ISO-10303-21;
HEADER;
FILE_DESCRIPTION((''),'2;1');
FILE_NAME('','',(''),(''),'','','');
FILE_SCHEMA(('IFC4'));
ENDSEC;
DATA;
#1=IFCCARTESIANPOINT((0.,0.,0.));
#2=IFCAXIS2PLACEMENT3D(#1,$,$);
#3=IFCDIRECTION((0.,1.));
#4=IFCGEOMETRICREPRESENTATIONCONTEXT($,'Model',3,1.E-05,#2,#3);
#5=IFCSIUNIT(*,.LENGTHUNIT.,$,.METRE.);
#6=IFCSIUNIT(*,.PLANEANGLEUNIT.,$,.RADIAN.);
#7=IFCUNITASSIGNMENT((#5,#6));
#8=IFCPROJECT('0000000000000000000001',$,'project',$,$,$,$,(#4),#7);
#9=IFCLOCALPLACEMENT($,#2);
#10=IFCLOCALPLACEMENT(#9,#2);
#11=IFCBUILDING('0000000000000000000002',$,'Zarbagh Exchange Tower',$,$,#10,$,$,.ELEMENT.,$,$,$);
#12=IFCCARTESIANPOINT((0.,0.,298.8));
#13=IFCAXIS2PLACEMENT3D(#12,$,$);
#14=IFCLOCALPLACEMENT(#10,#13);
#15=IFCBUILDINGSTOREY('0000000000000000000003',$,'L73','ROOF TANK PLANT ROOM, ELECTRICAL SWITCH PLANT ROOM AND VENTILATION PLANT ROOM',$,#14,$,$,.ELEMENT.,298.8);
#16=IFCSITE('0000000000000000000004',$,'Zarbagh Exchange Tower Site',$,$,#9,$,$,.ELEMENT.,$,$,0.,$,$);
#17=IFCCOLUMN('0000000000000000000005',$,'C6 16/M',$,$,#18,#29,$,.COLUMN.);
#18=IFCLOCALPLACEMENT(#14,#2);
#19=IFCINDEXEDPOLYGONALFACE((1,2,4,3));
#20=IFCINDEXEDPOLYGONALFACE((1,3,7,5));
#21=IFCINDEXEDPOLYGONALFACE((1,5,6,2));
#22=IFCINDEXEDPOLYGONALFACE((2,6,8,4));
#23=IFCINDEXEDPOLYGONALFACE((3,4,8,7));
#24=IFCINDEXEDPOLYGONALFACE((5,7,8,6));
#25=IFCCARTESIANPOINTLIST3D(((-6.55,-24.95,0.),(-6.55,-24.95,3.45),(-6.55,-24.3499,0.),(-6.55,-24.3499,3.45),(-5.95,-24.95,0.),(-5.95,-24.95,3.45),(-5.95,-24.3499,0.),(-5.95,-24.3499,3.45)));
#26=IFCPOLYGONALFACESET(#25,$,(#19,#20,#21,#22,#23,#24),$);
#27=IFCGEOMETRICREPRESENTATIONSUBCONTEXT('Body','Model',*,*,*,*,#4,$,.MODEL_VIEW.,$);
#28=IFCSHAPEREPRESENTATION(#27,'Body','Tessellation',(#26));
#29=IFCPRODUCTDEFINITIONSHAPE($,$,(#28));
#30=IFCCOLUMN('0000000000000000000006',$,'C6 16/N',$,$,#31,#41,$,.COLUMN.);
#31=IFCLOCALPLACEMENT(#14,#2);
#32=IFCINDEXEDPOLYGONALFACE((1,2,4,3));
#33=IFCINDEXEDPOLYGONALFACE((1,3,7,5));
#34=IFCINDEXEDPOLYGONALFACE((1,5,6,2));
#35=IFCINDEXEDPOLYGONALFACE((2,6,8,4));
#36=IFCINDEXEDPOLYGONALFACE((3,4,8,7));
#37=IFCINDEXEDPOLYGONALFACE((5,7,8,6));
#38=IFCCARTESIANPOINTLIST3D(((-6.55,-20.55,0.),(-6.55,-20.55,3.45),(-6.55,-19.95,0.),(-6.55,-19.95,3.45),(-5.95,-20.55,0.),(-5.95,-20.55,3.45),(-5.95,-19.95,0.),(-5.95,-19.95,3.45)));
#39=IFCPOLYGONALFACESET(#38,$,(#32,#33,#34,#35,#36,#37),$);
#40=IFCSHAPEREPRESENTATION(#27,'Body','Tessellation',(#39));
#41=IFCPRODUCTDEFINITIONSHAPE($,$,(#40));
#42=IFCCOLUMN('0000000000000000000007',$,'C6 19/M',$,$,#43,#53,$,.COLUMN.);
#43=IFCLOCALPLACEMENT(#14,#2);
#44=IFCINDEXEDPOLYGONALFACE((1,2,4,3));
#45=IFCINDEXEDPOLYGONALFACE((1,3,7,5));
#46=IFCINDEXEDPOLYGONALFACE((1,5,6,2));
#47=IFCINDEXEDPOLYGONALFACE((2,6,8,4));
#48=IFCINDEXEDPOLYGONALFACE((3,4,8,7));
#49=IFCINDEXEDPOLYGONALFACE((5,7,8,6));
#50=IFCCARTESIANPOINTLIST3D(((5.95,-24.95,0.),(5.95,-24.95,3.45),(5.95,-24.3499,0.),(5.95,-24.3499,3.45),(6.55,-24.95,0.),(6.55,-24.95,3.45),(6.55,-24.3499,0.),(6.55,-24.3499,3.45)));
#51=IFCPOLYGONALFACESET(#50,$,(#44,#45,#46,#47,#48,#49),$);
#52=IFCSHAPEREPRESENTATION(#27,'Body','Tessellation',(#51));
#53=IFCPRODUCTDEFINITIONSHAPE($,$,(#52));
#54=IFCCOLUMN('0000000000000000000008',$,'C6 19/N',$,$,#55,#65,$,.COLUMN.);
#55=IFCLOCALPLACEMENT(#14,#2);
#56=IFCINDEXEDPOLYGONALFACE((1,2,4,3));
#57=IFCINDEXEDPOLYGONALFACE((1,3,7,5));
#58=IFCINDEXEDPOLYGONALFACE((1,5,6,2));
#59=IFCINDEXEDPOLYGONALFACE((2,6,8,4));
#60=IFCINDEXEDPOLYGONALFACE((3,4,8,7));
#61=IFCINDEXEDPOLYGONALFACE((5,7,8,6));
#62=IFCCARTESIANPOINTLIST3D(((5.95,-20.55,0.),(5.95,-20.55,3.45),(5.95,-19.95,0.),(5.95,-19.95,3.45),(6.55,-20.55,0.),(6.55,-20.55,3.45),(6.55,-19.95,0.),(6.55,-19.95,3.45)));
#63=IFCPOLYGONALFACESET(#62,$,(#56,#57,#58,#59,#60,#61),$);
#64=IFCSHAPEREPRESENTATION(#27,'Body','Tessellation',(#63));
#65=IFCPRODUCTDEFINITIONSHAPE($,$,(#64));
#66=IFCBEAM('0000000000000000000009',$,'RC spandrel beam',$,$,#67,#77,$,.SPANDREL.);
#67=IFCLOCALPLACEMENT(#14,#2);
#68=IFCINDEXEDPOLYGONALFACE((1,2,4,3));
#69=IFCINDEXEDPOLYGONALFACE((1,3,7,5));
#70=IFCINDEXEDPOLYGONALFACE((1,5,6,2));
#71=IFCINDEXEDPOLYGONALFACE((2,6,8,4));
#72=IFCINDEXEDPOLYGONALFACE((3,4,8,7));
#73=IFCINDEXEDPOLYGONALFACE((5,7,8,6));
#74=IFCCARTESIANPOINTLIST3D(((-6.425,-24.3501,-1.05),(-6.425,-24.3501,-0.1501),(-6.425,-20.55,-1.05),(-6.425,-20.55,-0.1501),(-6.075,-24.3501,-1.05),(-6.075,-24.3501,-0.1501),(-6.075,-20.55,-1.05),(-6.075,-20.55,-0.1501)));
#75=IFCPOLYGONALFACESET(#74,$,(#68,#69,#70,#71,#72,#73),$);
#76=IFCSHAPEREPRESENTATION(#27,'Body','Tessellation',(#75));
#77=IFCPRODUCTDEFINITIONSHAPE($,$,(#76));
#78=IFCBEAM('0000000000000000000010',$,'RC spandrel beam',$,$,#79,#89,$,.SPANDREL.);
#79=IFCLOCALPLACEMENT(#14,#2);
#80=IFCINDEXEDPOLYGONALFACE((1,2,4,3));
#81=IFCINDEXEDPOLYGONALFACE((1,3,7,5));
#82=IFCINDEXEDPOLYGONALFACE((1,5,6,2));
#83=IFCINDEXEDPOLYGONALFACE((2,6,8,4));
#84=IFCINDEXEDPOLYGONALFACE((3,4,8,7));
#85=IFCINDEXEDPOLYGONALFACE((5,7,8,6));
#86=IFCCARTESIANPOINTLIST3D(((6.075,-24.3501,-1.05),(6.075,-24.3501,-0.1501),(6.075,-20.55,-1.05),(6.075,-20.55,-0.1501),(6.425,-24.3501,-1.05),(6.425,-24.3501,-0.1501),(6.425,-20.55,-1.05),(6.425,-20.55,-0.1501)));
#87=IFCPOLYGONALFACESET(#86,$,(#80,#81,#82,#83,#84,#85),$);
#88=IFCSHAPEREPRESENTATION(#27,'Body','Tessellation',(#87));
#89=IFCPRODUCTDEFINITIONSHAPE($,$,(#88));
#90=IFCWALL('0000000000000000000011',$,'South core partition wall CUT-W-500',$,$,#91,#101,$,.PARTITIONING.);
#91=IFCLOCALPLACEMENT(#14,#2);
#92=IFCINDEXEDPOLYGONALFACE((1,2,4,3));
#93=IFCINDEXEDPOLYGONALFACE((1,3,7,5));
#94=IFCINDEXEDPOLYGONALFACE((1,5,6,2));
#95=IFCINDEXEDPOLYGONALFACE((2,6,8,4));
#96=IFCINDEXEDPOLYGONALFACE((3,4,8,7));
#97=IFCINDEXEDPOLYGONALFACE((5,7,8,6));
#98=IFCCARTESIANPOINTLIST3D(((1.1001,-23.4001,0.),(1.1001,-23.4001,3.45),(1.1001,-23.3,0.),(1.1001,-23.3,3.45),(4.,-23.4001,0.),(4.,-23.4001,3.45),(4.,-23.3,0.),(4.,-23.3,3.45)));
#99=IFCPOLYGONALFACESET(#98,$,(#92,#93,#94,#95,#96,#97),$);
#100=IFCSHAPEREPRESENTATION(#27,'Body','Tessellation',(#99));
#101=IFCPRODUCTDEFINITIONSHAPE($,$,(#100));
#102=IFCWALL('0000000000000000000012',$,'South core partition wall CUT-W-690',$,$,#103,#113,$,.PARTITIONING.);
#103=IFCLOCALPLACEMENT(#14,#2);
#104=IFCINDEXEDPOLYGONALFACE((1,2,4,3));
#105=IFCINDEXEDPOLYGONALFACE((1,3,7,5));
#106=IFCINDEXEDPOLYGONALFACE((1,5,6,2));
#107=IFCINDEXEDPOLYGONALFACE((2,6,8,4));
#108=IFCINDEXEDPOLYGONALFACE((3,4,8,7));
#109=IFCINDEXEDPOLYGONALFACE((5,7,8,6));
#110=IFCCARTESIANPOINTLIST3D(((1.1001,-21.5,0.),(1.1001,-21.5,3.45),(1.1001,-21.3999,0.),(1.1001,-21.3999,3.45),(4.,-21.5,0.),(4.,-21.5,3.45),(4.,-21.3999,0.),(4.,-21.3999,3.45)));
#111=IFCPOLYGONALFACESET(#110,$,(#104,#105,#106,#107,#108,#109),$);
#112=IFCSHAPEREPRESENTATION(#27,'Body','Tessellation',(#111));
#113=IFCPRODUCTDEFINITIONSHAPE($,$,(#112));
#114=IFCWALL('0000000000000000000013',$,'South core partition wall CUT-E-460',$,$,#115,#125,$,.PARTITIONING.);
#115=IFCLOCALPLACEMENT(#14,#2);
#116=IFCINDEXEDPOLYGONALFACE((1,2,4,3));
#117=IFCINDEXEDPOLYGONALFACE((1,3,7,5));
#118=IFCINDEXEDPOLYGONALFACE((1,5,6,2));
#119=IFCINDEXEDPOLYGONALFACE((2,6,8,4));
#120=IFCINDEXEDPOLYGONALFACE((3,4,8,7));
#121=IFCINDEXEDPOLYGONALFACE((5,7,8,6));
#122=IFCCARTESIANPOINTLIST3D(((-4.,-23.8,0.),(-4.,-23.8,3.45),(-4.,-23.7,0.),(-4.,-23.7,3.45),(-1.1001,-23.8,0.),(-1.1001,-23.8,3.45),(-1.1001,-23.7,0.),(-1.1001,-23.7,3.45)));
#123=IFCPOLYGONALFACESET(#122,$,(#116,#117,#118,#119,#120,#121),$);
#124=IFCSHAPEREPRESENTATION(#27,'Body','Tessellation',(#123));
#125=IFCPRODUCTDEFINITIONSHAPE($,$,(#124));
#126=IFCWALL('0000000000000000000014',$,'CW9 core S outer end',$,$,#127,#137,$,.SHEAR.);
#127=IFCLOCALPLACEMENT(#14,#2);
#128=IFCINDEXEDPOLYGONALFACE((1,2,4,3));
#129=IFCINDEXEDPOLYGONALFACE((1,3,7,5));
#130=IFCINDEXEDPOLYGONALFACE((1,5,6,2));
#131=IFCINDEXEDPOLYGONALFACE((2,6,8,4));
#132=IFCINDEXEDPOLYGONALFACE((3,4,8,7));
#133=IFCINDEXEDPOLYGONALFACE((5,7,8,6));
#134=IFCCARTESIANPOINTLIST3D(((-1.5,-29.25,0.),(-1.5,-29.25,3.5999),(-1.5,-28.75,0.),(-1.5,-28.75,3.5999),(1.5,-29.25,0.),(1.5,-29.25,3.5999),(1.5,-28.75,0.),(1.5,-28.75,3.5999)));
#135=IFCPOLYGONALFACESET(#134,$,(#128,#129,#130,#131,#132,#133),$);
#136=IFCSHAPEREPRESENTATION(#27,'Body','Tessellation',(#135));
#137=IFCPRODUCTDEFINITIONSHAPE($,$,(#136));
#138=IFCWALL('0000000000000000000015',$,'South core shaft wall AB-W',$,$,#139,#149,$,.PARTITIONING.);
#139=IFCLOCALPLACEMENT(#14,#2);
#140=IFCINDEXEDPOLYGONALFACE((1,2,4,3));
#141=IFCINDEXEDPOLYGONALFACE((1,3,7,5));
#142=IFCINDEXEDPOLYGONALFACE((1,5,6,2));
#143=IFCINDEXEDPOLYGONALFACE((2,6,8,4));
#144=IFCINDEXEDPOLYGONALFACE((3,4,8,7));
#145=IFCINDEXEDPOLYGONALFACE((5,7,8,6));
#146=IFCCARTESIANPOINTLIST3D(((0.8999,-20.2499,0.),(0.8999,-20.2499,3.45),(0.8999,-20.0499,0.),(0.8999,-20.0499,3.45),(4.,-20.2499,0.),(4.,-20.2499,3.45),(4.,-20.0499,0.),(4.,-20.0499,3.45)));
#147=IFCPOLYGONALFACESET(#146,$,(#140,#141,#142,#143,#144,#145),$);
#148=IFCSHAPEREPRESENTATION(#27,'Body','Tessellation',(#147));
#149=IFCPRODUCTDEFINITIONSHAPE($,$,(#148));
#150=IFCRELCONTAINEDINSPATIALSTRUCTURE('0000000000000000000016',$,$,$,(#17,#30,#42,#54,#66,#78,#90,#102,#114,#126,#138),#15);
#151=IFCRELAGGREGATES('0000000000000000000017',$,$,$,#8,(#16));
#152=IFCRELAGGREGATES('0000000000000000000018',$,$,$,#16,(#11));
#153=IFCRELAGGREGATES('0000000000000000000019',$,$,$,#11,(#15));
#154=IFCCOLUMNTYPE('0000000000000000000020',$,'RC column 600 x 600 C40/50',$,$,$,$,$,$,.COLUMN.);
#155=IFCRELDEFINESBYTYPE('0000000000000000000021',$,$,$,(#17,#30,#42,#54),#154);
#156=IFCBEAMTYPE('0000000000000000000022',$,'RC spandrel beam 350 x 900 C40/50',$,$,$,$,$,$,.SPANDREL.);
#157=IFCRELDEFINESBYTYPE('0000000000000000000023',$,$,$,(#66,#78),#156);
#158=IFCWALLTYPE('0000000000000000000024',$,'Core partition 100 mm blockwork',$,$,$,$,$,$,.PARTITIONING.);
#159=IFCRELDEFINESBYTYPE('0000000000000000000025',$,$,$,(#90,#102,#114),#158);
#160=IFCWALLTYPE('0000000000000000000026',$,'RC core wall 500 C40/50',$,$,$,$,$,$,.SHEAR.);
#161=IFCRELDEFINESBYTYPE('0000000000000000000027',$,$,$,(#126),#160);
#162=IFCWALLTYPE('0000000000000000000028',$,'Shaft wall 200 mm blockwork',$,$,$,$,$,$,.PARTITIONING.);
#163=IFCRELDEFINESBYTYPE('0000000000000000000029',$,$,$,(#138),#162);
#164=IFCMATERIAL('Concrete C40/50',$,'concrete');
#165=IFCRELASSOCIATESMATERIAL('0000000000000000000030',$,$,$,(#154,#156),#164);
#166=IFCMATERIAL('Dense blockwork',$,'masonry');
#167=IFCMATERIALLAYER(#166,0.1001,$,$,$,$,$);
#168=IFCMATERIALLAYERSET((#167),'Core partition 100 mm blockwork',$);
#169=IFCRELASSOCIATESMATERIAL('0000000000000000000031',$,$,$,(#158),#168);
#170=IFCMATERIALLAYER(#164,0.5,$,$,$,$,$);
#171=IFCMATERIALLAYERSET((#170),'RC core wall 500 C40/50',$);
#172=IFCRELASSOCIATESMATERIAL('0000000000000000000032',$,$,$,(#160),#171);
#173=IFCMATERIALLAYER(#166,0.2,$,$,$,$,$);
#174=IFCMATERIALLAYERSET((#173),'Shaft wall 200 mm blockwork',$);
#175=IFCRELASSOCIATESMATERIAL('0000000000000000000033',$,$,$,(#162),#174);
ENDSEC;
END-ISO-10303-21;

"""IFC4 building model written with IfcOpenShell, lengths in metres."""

from ifc_helpers import new_model, si_unit, direction, frame, frame_2d, origin, origin_2d, place, context, subcontext, project, spatial, rectangle, extrude, material, layer, layer_set, material_profile, profile_set, type_object, element, save


model = new_model("IFC4")

# Units and contexts
model_context = context("Model", 3, precision=1e-05, world=origin(), true_north=direction((0.0, 1.0)))
body_context = subcontext(model_context, "Body", "Model", "MODEL_VIEW")
ifc_project = project(units=[si_unit("LENGTHUNIT", "METRE"), si_unit("PLANEANGLEUNIT", "RADIAN")], contexts=[model_context])

# Site, building, storey
site_placement = place(None, origin())
site = spatial("IfcSite", under=ifc_project, at=site_placement, Name="Zarbagh Exchange Tower Site", CompositionType="ELEMENT", RefElevation=0.0)
building_placement = place(site_placement, origin())
building = spatial("IfcBuilding", under=site, at=building_placement, Name="Zarbagh Exchange Tower", CompositionType="ELEMENT")
storey_placement = place(building_placement, frame((0.0, 0.0, 298.8)))
storey = spatial("IfcBuildingStorey", under=building, at=storey_placement, Name="L73", Description="ROOF TANK PLANT ROOM, ELECTRICAL SWITCH PLANT ROOM AND VENTILATION PLANT ROOM", CompositionType="ELEMENT", Elevation=298.8)

# Columns
ifc_material_1 = material(Name="Concrete C40/50", Category="concrete")
ifc_material_profile_1 = material_profile(ifc_material_1, rectangle(XDim=0.6001, YDim=0.6001, at=origin_2d()), Name="RC column 600 x 600 C40/50")
ifc_profile_set_1 = profile_set([ifc_material_profile_1], Name="Concrete C40/50")
column_type = type_object("IfcColumnType", Name="RC column 600 x 600 C40/50", PredefinedType="COLUMN", material=ifc_profile_set_1)
for number, where, z_axis, x_axis, name in (
    (1, (-6.25, -24.6499, 0.0), (0.0, 0.0, 1.0), (1.0, 0.0, 0.0), "C6 16/M"),
    (2, (-6.25, -20.25, 0.0), (0.0, 0.0, 1.0), (1.0, 0.0, 0.0), "C6 16/N"),
    (3, (6.25, -24.6499, 0.0), (0.0, 0.0, 1.0), (1.0, 0.0, 0.0), "C6 19/M"),
    (4, (6.25, -20.25, 0.0), (0.0, 0.0, 1.0), (1.0, 0.0, 0.0), "C6 19/N"),
):
    element("IfcColumn", number, at=place(storey_placement, frame(where, z_axis=z_axis, x_axis=x_axis)), inside=storey, type_object=column_type, Name=name, PredefinedType="COLUMN", context=body_context, shape_type="SweptSolid", body=[
        extrude(rectangle(XDim=0.6001, YDim=0.6001, at=origin_2d()), origin(), (0.0, 0.0, 1.0), 3.45),
    ])

# Beams
ifc_material_profile_2 = material_profile(ifc_material_1, rectangle(XDim=0.3501, YDim=0.8999, at=origin_2d()), Name="RC spandrel beam 350 x 900 C40/50")
ifc_profile_set_2 = profile_set([ifc_material_profile_2], Name="Concrete C40/50")
beam_type = type_object("IfcBeamType", Name="RC spandrel beam 350 x 900 C40/50", PredefinedType="SPANDREL", material=ifc_profile_set_2)
for number, where, z_axis, x_axis, name in (
    (5, (-6.25, -24.3501, -0.6001), (0.0, 1.0, 0.0), (-1.0, 0.0, 0.0), "RC spandrel beam"),
    (6, (6.25, -20.55, -0.6001), (0.0, -1.0, 0.0), (1.0, 0.0, 0.0), "RC spandrel beam"),
):
    element("IfcBeam", number, at=place(storey_placement, frame(where, z_axis=z_axis, x_axis=x_axis)), inside=storey, type_object=beam_type, Name=name, PredefinedType="SPANDREL", context=body_context, shape_type="SweptSolid", body=[
        extrude(rectangle(XDim=0.3501, YDim=0.8999, at=origin_2d()), origin(), (0.0, 0.0, 1.0), 3.8),
    ])

# Walls
ifc_material_2 = material(Name="Dense blockwork", Category="masonry")
ifc_layer_1 = layer(ifc_material_2, 0.1001)
ifc_layer_set_1 = layer_set([ifc_layer_1], Name="Core partition 100 mm blockwork")
wall_type_1 = type_object("IfcWallType", Name="Core partition 100 mm blockwork", PredefinedType="PARTITIONING", material=ifc_layer_set_1)
for number, where, z_axis, x_axis, name in (
    (7, (4.0, -23.3501, 0.0), (0.0, 0.0, 1.0), (-1.0, 0.0, 0.0), "South core partition wall CUT-W-500"),
    (8, (4.0, -21.45, 0.0), (0.0, 0.0, 1.0), (-1.0, 0.0, 0.0), "South core partition wall CUT-W-690"),
    (9, (-1.1001, -23.75, 0.0), (0.0, 0.0, 1.0), (-1.0, 0.0, 0.0), "South core partition wall CUT-E-460"),
):
    element("IfcWall", number, at=place(storey_placement, frame(where, z_axis=z_axis, x_axis=x_axis)), inside=storey, type_object=wall_type_1, Name=name, PredefinedType="PARTITIONING", context=body_context, shape_type="SweptSolid", body=[
        extrude(rectangle(XDim=2.8999, YDim=0.1001, at=frame_2d((1.45, 0.0))), origin(), (0.0, 0.0, 1.0), 3.45),
    ])
ifc_layer_2 = layer(ifc_material_1, 0.5)
ifc_layer_set_2 = layer_set([ifc_layer_2], Name="RC core wall 500 C40/50")
wall_type_2 = type_object("IfcWallType", Name="RC core wall 500 C40/50", PredefinedType="SHEAR", material=ifc_layer_set_2)
wall_1_placement = place(storey_placement, frame((-1.5, -29.0, 0.0), z_axis=(0.0, 0.0, 1.0), x_axis=(1.0, 0.0, 0.0)))
element("IfcWall", 10, at=wall_1_placement, inside=storey, type_object=wall_type_2, Name="CW9 core S outer end", PredefinedType="SHEAR", context=body_context, shape_type="SweptSolid", body=[
    extrude(rectangle(XDim=3.0, YDim=0.5, at=frame_2d((1.5, 0.0))), origin(), (0.0, 0.0, 1.0), 3.5999),
])
ifc_layer_3 = layer(ifc_material_2, 0.2)
ifc_layer_set_3 = layer_set([ifc_layer_3], Name="Shaft wall 200 mm blockwork")
wall_type_3 = type_object("IfcWallType", Name="Shaft wall 200 mm blockwork", PredefinedType="PARTITIONING", material=ifc_layer_set_3)
wall_2_placement = place(storey_placement, frame((4.0, -20.1499, 0.0), z_axis=(0.0, 0.0, 1.0), x_axis=(-1.0, 0.0, 0.0)))
element("IfcWall", 11, at=wall_2_placement, inside=storey, type_object=wall_type_3, Name="South core shaft wall AB-W", PredefinedType="PARTITIONING", context=body_context, shape_type="SweptSolid", body=[
    extrude(rectangle(XDim=3.1001, YDim=0.2, at=frame_2d((1.55, 0.0))), origin(), (0.0, 0.0, 1.0), 3.45),
])

save(model, "model.ifc")
